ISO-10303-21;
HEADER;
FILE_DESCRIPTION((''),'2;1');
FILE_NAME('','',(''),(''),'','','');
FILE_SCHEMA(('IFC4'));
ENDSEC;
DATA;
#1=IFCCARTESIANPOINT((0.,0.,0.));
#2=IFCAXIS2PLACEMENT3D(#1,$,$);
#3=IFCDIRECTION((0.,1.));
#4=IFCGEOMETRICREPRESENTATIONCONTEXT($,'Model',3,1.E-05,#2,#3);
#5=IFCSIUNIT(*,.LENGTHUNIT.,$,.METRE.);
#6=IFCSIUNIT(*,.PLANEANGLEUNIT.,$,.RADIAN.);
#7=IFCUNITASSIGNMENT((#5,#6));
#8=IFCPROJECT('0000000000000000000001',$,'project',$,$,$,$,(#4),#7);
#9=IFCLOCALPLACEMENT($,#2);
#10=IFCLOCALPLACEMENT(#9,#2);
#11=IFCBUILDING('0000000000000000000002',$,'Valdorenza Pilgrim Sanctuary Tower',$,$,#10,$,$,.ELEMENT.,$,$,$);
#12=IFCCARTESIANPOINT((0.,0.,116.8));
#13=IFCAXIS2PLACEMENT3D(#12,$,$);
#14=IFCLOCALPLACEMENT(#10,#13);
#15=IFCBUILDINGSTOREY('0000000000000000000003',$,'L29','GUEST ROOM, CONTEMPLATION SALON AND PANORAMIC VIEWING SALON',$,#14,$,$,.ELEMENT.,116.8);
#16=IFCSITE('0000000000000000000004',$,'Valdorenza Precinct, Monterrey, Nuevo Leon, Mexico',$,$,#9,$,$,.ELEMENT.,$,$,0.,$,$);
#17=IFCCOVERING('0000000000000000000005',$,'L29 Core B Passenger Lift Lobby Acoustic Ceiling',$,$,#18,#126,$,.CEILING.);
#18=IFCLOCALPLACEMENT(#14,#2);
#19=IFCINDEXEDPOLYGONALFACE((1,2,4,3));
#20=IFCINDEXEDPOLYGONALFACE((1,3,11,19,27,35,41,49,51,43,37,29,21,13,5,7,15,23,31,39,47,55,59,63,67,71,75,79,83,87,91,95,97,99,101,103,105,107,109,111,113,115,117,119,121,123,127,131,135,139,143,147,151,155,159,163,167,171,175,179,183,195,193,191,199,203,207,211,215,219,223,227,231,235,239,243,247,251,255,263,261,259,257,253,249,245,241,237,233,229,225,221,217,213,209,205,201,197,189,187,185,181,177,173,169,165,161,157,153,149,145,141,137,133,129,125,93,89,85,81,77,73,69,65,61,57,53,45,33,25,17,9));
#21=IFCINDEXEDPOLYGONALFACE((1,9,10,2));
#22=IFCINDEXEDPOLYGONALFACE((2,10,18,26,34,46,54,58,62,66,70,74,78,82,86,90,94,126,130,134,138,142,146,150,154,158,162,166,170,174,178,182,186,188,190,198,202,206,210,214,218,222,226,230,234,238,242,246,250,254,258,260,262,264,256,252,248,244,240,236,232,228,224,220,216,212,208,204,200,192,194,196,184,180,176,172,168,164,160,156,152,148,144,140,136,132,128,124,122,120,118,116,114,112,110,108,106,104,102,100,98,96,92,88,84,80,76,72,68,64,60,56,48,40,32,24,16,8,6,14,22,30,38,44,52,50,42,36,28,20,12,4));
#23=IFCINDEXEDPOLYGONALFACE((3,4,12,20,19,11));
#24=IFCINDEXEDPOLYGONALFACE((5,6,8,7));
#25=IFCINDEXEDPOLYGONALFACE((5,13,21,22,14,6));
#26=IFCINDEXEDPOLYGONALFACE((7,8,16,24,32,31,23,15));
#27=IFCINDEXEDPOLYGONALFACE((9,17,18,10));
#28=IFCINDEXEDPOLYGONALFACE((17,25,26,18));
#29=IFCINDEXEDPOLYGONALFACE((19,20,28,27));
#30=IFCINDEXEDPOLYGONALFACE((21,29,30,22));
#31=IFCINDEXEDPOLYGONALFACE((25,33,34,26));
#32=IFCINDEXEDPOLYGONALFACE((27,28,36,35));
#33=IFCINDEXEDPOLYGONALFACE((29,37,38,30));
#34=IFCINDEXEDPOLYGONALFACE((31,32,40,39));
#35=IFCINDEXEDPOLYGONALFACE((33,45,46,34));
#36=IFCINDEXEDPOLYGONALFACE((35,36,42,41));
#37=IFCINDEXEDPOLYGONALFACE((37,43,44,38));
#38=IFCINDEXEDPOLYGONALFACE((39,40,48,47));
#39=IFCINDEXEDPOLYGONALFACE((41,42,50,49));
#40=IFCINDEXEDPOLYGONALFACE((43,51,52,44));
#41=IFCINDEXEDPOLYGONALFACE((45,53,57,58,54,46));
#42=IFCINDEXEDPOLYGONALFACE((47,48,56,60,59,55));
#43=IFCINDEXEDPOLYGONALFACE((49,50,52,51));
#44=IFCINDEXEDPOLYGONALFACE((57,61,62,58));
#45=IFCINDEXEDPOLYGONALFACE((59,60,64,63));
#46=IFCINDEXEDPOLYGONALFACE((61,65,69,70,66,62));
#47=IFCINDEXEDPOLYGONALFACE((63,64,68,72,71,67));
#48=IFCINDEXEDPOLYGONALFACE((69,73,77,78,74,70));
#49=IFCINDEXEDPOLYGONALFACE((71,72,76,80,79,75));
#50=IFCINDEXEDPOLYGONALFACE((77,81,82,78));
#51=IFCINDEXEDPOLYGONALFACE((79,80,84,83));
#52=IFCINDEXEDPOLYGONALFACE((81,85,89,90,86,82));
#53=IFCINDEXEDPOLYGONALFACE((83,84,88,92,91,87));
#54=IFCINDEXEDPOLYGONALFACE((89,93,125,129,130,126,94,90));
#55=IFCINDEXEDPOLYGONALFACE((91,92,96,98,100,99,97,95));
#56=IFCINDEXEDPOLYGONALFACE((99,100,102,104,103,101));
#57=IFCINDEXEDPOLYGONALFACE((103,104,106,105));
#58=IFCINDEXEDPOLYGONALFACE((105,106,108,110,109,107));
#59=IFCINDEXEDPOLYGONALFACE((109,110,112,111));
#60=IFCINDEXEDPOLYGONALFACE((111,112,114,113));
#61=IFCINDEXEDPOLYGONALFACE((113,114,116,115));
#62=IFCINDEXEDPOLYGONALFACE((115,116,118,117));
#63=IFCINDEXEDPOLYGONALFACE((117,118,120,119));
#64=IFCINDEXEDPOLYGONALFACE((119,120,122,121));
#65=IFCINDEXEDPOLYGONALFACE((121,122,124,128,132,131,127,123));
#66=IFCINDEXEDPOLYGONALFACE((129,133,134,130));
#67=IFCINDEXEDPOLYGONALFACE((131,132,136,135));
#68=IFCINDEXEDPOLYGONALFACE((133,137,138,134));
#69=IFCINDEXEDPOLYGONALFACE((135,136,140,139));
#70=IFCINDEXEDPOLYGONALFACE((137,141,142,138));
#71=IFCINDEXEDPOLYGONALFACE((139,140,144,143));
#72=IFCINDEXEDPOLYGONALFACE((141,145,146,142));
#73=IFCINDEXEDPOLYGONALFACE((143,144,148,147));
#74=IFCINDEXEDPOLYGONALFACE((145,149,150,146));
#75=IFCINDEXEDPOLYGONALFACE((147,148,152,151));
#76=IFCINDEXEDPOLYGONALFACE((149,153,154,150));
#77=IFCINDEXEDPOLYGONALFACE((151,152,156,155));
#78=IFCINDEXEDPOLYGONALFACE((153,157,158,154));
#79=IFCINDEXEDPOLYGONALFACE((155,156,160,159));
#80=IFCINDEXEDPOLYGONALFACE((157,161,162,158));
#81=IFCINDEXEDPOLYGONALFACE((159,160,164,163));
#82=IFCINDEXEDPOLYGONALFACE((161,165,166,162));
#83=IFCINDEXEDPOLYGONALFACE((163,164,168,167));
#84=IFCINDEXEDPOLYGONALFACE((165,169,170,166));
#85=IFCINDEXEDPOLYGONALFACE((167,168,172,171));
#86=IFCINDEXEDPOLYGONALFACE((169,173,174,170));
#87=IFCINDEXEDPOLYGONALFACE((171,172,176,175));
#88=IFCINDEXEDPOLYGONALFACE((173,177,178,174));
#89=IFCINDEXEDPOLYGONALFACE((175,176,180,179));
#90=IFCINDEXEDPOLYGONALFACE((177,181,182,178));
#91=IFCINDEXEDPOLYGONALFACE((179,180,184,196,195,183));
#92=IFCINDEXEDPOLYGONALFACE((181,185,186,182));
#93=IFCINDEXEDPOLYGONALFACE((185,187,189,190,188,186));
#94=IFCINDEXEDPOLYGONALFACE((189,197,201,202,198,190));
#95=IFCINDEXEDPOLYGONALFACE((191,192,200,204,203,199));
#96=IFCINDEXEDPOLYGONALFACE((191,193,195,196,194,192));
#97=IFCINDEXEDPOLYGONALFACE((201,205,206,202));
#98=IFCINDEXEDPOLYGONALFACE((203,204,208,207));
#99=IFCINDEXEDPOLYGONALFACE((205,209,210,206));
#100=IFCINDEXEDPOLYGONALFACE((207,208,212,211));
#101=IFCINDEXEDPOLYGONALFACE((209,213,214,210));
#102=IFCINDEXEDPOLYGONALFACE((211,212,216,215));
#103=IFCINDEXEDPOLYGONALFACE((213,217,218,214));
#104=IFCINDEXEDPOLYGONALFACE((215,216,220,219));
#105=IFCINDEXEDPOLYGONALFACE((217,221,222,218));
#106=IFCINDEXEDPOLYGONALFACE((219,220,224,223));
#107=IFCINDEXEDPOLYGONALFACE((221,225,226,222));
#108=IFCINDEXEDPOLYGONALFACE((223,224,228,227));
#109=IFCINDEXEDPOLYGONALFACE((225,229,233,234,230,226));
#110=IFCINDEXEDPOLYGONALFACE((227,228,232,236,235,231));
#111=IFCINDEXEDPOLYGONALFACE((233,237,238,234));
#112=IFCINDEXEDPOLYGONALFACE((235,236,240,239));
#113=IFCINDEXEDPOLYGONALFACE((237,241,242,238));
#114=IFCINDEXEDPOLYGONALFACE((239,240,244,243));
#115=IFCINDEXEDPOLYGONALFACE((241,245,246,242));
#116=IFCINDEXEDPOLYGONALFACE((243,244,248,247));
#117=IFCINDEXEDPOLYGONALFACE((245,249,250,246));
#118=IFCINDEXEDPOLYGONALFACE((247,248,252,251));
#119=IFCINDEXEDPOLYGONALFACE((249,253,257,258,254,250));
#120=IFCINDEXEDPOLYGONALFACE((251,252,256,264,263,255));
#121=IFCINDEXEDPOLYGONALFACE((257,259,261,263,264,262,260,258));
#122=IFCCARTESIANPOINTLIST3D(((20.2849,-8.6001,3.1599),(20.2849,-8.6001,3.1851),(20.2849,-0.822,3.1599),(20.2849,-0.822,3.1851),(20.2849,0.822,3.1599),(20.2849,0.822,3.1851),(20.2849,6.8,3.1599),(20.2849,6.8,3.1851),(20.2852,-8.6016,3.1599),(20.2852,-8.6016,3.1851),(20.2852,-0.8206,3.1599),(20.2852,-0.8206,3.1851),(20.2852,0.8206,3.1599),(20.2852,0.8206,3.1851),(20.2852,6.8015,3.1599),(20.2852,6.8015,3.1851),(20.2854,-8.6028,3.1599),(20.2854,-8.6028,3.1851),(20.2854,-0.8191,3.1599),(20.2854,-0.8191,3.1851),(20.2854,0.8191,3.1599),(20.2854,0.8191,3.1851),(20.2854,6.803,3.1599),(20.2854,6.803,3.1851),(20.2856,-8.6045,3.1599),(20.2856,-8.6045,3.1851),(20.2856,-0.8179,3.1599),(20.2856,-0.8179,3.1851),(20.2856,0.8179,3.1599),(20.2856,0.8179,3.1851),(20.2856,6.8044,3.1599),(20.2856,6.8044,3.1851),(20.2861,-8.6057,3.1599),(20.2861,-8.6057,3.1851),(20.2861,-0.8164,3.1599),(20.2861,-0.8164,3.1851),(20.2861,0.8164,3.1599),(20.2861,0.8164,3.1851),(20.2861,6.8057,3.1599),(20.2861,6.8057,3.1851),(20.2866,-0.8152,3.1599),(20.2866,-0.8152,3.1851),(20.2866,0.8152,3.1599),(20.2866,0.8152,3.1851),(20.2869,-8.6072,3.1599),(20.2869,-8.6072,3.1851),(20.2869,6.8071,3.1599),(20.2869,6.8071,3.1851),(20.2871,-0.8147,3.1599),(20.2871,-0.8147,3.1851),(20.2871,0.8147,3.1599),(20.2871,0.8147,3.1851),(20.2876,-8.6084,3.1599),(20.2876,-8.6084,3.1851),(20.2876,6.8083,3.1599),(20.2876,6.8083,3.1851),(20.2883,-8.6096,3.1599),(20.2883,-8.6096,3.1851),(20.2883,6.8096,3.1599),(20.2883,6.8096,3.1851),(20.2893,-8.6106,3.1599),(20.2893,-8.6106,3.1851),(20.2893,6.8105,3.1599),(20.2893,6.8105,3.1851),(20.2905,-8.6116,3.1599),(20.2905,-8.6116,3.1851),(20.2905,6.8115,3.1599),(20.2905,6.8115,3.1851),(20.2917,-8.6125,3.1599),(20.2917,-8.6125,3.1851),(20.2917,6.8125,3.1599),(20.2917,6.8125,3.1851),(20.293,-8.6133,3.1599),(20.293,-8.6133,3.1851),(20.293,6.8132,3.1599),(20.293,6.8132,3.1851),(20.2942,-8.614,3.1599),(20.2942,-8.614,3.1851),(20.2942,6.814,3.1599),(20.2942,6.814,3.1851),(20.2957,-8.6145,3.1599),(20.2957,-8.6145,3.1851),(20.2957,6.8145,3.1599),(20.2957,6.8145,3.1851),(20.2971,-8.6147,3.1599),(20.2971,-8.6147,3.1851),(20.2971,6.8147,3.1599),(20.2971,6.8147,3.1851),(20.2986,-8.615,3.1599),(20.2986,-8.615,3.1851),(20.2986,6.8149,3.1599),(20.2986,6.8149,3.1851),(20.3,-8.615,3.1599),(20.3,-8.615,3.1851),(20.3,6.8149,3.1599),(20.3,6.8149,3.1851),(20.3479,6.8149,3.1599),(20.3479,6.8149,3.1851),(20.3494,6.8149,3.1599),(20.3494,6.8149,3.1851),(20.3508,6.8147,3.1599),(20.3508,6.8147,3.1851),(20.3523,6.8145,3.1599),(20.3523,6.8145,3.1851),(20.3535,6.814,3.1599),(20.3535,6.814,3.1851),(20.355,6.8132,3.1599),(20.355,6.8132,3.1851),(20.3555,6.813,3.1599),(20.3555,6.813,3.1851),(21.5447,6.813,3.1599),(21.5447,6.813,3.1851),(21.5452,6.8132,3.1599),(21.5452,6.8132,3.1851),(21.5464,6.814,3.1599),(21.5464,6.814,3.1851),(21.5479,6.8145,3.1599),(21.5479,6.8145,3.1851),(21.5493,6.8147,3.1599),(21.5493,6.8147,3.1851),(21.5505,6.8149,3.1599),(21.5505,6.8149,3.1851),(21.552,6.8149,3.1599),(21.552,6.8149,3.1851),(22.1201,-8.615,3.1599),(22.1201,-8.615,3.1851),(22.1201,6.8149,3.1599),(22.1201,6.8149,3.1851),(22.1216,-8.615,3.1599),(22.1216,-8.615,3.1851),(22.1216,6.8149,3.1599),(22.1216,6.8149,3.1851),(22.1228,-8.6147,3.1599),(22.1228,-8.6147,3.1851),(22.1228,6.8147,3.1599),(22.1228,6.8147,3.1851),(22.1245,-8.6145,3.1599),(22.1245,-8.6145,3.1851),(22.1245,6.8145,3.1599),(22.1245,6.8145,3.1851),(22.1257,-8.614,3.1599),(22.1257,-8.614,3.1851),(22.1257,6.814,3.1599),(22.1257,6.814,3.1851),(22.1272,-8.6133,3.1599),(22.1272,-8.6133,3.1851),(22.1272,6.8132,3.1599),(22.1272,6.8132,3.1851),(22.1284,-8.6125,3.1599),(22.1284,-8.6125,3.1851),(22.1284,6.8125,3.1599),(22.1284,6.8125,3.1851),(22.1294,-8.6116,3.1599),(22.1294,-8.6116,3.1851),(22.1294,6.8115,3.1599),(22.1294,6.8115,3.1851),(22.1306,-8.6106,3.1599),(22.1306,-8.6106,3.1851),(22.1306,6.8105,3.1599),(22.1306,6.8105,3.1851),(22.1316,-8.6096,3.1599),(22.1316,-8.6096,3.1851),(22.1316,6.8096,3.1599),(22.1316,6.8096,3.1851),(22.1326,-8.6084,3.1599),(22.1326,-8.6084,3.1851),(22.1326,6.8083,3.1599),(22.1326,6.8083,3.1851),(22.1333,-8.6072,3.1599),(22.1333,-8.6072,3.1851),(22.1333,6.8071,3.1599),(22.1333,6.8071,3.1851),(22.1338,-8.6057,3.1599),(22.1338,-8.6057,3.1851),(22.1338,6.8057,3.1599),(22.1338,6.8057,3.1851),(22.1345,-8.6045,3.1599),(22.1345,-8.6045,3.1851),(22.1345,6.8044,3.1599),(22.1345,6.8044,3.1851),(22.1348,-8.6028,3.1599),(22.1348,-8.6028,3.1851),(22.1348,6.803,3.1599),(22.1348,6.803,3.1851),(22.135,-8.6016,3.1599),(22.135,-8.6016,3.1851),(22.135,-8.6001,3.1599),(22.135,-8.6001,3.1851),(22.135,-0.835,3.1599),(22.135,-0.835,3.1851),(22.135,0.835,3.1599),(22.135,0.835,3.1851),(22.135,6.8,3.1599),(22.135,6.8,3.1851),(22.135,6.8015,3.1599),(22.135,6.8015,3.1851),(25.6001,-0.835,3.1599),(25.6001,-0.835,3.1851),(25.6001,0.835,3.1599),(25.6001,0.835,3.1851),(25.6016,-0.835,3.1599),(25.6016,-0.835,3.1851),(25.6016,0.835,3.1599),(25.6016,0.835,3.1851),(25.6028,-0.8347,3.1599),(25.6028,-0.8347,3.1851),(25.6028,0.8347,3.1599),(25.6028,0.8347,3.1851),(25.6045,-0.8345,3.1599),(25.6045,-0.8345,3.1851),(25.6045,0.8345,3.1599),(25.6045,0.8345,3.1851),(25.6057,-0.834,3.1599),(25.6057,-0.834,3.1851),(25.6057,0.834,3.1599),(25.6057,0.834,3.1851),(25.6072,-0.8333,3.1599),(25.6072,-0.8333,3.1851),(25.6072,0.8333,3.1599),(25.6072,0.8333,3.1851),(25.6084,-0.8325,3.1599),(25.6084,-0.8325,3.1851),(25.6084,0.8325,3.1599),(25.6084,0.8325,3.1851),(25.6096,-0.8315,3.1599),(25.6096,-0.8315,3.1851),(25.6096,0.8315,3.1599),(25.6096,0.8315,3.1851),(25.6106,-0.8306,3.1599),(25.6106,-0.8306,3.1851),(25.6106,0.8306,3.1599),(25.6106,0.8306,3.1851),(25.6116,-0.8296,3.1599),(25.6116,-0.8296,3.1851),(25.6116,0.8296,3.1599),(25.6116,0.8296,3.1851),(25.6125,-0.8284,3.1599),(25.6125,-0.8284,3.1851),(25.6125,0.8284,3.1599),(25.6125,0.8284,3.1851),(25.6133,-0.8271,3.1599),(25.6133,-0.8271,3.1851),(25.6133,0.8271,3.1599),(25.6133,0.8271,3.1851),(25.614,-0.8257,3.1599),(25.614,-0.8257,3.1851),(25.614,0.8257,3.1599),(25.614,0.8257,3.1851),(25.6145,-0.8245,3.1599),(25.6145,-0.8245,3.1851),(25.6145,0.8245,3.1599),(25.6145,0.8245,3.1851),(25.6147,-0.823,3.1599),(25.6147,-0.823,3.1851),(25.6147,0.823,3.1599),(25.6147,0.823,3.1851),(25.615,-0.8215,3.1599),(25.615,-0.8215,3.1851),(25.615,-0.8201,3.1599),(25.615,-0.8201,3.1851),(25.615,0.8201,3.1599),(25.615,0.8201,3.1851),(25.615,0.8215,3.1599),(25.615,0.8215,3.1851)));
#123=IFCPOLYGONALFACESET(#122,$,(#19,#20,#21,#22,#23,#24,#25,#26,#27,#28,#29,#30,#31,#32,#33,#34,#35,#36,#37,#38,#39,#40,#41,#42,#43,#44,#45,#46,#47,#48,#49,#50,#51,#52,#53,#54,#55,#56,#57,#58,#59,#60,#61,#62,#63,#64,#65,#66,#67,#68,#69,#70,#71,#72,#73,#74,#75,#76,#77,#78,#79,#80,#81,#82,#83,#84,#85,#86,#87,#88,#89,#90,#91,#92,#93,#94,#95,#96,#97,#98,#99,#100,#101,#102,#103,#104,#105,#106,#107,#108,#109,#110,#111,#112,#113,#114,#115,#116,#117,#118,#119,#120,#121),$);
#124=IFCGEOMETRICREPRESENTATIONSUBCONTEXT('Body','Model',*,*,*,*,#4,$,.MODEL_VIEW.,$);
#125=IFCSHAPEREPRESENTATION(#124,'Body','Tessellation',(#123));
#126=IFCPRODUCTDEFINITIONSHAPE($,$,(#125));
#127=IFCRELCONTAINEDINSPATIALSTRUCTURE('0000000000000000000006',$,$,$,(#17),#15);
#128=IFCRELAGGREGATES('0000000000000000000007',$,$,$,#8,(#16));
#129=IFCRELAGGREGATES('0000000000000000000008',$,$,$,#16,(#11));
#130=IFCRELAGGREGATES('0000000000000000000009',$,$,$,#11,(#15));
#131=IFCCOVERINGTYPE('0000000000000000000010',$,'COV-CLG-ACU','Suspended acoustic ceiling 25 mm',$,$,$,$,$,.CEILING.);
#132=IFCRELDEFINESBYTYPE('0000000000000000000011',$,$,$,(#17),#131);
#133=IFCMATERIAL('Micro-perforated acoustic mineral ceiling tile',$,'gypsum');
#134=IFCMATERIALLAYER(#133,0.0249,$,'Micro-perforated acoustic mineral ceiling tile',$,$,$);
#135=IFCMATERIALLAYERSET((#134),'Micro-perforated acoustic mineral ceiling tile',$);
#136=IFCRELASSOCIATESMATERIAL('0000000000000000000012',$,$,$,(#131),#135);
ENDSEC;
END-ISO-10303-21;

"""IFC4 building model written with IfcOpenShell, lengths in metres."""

from ifc_helpers import new_model, si_unit, direction, frame, origin, place, context, subcontext, project, spatial, polyline, outline, extrude, material, layer, layer_set, type_object, element, save


model = new_model("IFC4")

# Units and contexts
model_context = context("Model", 3, precision=1e-05, world=origin(), true_north=direction((0.0, 1.0)))
body_context = subcontext(model_context, "Body", "Model", "MODEL_VIEW")
ifc_project = project(units=[si_unit("LENGTHUNIT", "METRE"), si_unit("PLANEANGLEUNIT", "RADIAN")], contexts=[model_context])

# Site, building, storey
site_placement = place(None, origin())
site = spatial("IfcSite", under=ifc_project, at=site_placement, Name="Valdorenza Precinct, Monterrey, Nuevo Leon, Mexico", CompositionType="ELEMENT", RefElevation=0.0)
building_placement = place(site_placement, origin())
building = spatial("IfcBuilding", under=site, at=building_placement, Name="Valdorenza Pilgrim Sanctuary Tower", CompositionType="ELEMENT")
storey_placement = place(building_placement, frame((0.0, 0.0, 116.8)))
storey = spatial("IfcBuildingStorey", under=building, at=storey_placement, Name="L29", Description="GUEST ROOM, CONTEMPLATION SALON AND PANORAMIC VIEWING SALON", CompositionType="ELEMENT", Elevation=116.8)

# Covering
ifc_material_1 = material(Name="Micro-perforated acoustic mineral ceiling tile", Category="gypsum")
ifc_layer_1 = layer(ifc_material_1, 0.0249, Name="Micro-perforated acoustic mineral ceiling tile")
ifc_layer_set_1 = layer_set([ifc_layer_1], Name="Micro-perforated acoustic mineral ceiling tile")
covering_type_1 = type_object("IfcCoveringType", Name="COV-CLG-ACU", Description="Suspended acoustic ceiling 25 mm", PredefinedType="CEILING", material=ifc_layer_set_1)
covering_1_placement = place(storey_placement, frame((0.0, 0.0, 3.1599)))
element("IfcCovering", 1, at=covering_1_placement, inside=storey, type_object=covering_type_1, Name="L29 Core B Passenger Lift Lobby Acoustic Ceiling", PredefinedType="CEILING", context=body_context, shape_type="SweptSolid", body=[
    extrude(outline(polyline([(20.2871, -0.8147), (20.2871, 0.8147), (20.2866, 0.8152), (20.2861, 0.8164), (20.2856, 0.8179), (20.2854, 0.8191), (20.2852, 0.8206), (20.2849, 0.822), (20.2849, 6.8), (20.2852, 6.8015), (20.2854, 6.803), (20.2856, 6.8044), (20.2861, 6.8057), (20.2869, 6.8071), (20.2876, 6.8083), (20.2883, 6.8096), (20.2893, 6.8105), (20.2905, 6.8115), (20.2917, 6.8125), (20.293, 6.8132), (20.2942, 6.814), (20.2957, 6.8145), (20.2971, 6.8147), (20.2986, 6.8149), (20.3, 6.8149), (20.3479, 6.8149), (20.3494, 6.8149), (20.3508, 6.8147), (20.3523, 6.8145), (20.3535, 6.814), (20.355, 6.8132), (20.3555, 6.813), (21.5447, 6.813), (21.5452, 6.8132), (21.5464, 6.814), (21.5479, 6.8145), (21.5493, 6.8147), (21.5505, 6.8149), (21.552, 6.8149), (22.1201, 6.8149), (22.1216, 6.8149), (22.1228, 6.8147), (22.1245, 6.8145), (22.1257, 6.814), (22.1272, 6.8132), (22.1284, 6.8125), (22.1294, 6.8115), (22.1306, 6.8105), (22.1316, 6.8096), (22.1326, 6.8083), (22.1333, 6.8071), (22.1338, 6.8057), (22.1345, 6.8044), (22.1348, 6.803), (22.135, 6.8015), (22.135, 6.8), (22.135, 0.835), (25.6001, 0.835), (25.6016, 0.835), (25.6028, 0.8347), (25.6045, 0.8345), (25.6057, 0.834), (25.6072, 0.8333), (25.6084, 0.8325), (25.6096, 0.8315), (25.6106, 0.8306), (25.6116, 0.8296), (25.6125, 0.8284), (25.6133, 0.8271), (25.614, 0.8257), (25.6145, 0.8245), (25.6147, 0.823), (25.615, 0.8215), (25.615, 0.8201), (25.615, -0.8201), (25.615, -0.8215), (25.6147, -0.823), (25.6145, -0.8245), (25.614, -0.8257), (25.6133, -0.8271), (25.6125, -0.8284), (25.6116, -0.8296), (25.6106, -0.8306), (25.6096, -0.8315), (25.6084, -0.8325), (25.6072, -0.8333), (25.6057, -0.834), (25.6045, -0.8345), (25.6028, -0.8347), (25.6016, -0.835), (25.6001, -0.835), (22.135, -0.835), (22.135, -8.6001), (22.135, -8.6016), (22.1348, -8.6028), (22.1345, -8.6045), (22.1338, -8.6057), (22.1333, -8.6072), (22.1326, -8.6084), (22.1316, -8.6096), (22.1306, -8.6106), (22.1294, -8.6116), (22.1284, -8.6125), (22.1272, -8.6133), (22.1257, -8.614), (22.1245, -8.6145), (22.1228, -8.6147), (22.1216, -8.615), (22.1201, -8.615), (20.3, -8.615), (20.2986, -8.615), (20.2971, -8.6147), (20.2957, -8.6145), (20.2942, -8.614), (20.293, -8.6133), (20.2917, -8.6125), (20.2905, -8.6116), (20.2893, -8.6106), (20.2883, -8.6096), (20.2876, -8.6084), (20.2869, -8.6072), (20.2861, -8.6057), (20.2856, -8.6045), (20.2854, -8.6028), (20.2852, -8.6016), (20.2849, -8.6001), (20.2849, -0.822), (20.2852, -0.8206), (20.2854, -0.8191), (20.2856, -0.8179), (20.2861, -0.8164), (20.2866, -0.8152), (20.2871, -0.8147)])), origin(), (0.0, 0.0, 1.0), 0.0251),
])

save(model, "model.ifc")
